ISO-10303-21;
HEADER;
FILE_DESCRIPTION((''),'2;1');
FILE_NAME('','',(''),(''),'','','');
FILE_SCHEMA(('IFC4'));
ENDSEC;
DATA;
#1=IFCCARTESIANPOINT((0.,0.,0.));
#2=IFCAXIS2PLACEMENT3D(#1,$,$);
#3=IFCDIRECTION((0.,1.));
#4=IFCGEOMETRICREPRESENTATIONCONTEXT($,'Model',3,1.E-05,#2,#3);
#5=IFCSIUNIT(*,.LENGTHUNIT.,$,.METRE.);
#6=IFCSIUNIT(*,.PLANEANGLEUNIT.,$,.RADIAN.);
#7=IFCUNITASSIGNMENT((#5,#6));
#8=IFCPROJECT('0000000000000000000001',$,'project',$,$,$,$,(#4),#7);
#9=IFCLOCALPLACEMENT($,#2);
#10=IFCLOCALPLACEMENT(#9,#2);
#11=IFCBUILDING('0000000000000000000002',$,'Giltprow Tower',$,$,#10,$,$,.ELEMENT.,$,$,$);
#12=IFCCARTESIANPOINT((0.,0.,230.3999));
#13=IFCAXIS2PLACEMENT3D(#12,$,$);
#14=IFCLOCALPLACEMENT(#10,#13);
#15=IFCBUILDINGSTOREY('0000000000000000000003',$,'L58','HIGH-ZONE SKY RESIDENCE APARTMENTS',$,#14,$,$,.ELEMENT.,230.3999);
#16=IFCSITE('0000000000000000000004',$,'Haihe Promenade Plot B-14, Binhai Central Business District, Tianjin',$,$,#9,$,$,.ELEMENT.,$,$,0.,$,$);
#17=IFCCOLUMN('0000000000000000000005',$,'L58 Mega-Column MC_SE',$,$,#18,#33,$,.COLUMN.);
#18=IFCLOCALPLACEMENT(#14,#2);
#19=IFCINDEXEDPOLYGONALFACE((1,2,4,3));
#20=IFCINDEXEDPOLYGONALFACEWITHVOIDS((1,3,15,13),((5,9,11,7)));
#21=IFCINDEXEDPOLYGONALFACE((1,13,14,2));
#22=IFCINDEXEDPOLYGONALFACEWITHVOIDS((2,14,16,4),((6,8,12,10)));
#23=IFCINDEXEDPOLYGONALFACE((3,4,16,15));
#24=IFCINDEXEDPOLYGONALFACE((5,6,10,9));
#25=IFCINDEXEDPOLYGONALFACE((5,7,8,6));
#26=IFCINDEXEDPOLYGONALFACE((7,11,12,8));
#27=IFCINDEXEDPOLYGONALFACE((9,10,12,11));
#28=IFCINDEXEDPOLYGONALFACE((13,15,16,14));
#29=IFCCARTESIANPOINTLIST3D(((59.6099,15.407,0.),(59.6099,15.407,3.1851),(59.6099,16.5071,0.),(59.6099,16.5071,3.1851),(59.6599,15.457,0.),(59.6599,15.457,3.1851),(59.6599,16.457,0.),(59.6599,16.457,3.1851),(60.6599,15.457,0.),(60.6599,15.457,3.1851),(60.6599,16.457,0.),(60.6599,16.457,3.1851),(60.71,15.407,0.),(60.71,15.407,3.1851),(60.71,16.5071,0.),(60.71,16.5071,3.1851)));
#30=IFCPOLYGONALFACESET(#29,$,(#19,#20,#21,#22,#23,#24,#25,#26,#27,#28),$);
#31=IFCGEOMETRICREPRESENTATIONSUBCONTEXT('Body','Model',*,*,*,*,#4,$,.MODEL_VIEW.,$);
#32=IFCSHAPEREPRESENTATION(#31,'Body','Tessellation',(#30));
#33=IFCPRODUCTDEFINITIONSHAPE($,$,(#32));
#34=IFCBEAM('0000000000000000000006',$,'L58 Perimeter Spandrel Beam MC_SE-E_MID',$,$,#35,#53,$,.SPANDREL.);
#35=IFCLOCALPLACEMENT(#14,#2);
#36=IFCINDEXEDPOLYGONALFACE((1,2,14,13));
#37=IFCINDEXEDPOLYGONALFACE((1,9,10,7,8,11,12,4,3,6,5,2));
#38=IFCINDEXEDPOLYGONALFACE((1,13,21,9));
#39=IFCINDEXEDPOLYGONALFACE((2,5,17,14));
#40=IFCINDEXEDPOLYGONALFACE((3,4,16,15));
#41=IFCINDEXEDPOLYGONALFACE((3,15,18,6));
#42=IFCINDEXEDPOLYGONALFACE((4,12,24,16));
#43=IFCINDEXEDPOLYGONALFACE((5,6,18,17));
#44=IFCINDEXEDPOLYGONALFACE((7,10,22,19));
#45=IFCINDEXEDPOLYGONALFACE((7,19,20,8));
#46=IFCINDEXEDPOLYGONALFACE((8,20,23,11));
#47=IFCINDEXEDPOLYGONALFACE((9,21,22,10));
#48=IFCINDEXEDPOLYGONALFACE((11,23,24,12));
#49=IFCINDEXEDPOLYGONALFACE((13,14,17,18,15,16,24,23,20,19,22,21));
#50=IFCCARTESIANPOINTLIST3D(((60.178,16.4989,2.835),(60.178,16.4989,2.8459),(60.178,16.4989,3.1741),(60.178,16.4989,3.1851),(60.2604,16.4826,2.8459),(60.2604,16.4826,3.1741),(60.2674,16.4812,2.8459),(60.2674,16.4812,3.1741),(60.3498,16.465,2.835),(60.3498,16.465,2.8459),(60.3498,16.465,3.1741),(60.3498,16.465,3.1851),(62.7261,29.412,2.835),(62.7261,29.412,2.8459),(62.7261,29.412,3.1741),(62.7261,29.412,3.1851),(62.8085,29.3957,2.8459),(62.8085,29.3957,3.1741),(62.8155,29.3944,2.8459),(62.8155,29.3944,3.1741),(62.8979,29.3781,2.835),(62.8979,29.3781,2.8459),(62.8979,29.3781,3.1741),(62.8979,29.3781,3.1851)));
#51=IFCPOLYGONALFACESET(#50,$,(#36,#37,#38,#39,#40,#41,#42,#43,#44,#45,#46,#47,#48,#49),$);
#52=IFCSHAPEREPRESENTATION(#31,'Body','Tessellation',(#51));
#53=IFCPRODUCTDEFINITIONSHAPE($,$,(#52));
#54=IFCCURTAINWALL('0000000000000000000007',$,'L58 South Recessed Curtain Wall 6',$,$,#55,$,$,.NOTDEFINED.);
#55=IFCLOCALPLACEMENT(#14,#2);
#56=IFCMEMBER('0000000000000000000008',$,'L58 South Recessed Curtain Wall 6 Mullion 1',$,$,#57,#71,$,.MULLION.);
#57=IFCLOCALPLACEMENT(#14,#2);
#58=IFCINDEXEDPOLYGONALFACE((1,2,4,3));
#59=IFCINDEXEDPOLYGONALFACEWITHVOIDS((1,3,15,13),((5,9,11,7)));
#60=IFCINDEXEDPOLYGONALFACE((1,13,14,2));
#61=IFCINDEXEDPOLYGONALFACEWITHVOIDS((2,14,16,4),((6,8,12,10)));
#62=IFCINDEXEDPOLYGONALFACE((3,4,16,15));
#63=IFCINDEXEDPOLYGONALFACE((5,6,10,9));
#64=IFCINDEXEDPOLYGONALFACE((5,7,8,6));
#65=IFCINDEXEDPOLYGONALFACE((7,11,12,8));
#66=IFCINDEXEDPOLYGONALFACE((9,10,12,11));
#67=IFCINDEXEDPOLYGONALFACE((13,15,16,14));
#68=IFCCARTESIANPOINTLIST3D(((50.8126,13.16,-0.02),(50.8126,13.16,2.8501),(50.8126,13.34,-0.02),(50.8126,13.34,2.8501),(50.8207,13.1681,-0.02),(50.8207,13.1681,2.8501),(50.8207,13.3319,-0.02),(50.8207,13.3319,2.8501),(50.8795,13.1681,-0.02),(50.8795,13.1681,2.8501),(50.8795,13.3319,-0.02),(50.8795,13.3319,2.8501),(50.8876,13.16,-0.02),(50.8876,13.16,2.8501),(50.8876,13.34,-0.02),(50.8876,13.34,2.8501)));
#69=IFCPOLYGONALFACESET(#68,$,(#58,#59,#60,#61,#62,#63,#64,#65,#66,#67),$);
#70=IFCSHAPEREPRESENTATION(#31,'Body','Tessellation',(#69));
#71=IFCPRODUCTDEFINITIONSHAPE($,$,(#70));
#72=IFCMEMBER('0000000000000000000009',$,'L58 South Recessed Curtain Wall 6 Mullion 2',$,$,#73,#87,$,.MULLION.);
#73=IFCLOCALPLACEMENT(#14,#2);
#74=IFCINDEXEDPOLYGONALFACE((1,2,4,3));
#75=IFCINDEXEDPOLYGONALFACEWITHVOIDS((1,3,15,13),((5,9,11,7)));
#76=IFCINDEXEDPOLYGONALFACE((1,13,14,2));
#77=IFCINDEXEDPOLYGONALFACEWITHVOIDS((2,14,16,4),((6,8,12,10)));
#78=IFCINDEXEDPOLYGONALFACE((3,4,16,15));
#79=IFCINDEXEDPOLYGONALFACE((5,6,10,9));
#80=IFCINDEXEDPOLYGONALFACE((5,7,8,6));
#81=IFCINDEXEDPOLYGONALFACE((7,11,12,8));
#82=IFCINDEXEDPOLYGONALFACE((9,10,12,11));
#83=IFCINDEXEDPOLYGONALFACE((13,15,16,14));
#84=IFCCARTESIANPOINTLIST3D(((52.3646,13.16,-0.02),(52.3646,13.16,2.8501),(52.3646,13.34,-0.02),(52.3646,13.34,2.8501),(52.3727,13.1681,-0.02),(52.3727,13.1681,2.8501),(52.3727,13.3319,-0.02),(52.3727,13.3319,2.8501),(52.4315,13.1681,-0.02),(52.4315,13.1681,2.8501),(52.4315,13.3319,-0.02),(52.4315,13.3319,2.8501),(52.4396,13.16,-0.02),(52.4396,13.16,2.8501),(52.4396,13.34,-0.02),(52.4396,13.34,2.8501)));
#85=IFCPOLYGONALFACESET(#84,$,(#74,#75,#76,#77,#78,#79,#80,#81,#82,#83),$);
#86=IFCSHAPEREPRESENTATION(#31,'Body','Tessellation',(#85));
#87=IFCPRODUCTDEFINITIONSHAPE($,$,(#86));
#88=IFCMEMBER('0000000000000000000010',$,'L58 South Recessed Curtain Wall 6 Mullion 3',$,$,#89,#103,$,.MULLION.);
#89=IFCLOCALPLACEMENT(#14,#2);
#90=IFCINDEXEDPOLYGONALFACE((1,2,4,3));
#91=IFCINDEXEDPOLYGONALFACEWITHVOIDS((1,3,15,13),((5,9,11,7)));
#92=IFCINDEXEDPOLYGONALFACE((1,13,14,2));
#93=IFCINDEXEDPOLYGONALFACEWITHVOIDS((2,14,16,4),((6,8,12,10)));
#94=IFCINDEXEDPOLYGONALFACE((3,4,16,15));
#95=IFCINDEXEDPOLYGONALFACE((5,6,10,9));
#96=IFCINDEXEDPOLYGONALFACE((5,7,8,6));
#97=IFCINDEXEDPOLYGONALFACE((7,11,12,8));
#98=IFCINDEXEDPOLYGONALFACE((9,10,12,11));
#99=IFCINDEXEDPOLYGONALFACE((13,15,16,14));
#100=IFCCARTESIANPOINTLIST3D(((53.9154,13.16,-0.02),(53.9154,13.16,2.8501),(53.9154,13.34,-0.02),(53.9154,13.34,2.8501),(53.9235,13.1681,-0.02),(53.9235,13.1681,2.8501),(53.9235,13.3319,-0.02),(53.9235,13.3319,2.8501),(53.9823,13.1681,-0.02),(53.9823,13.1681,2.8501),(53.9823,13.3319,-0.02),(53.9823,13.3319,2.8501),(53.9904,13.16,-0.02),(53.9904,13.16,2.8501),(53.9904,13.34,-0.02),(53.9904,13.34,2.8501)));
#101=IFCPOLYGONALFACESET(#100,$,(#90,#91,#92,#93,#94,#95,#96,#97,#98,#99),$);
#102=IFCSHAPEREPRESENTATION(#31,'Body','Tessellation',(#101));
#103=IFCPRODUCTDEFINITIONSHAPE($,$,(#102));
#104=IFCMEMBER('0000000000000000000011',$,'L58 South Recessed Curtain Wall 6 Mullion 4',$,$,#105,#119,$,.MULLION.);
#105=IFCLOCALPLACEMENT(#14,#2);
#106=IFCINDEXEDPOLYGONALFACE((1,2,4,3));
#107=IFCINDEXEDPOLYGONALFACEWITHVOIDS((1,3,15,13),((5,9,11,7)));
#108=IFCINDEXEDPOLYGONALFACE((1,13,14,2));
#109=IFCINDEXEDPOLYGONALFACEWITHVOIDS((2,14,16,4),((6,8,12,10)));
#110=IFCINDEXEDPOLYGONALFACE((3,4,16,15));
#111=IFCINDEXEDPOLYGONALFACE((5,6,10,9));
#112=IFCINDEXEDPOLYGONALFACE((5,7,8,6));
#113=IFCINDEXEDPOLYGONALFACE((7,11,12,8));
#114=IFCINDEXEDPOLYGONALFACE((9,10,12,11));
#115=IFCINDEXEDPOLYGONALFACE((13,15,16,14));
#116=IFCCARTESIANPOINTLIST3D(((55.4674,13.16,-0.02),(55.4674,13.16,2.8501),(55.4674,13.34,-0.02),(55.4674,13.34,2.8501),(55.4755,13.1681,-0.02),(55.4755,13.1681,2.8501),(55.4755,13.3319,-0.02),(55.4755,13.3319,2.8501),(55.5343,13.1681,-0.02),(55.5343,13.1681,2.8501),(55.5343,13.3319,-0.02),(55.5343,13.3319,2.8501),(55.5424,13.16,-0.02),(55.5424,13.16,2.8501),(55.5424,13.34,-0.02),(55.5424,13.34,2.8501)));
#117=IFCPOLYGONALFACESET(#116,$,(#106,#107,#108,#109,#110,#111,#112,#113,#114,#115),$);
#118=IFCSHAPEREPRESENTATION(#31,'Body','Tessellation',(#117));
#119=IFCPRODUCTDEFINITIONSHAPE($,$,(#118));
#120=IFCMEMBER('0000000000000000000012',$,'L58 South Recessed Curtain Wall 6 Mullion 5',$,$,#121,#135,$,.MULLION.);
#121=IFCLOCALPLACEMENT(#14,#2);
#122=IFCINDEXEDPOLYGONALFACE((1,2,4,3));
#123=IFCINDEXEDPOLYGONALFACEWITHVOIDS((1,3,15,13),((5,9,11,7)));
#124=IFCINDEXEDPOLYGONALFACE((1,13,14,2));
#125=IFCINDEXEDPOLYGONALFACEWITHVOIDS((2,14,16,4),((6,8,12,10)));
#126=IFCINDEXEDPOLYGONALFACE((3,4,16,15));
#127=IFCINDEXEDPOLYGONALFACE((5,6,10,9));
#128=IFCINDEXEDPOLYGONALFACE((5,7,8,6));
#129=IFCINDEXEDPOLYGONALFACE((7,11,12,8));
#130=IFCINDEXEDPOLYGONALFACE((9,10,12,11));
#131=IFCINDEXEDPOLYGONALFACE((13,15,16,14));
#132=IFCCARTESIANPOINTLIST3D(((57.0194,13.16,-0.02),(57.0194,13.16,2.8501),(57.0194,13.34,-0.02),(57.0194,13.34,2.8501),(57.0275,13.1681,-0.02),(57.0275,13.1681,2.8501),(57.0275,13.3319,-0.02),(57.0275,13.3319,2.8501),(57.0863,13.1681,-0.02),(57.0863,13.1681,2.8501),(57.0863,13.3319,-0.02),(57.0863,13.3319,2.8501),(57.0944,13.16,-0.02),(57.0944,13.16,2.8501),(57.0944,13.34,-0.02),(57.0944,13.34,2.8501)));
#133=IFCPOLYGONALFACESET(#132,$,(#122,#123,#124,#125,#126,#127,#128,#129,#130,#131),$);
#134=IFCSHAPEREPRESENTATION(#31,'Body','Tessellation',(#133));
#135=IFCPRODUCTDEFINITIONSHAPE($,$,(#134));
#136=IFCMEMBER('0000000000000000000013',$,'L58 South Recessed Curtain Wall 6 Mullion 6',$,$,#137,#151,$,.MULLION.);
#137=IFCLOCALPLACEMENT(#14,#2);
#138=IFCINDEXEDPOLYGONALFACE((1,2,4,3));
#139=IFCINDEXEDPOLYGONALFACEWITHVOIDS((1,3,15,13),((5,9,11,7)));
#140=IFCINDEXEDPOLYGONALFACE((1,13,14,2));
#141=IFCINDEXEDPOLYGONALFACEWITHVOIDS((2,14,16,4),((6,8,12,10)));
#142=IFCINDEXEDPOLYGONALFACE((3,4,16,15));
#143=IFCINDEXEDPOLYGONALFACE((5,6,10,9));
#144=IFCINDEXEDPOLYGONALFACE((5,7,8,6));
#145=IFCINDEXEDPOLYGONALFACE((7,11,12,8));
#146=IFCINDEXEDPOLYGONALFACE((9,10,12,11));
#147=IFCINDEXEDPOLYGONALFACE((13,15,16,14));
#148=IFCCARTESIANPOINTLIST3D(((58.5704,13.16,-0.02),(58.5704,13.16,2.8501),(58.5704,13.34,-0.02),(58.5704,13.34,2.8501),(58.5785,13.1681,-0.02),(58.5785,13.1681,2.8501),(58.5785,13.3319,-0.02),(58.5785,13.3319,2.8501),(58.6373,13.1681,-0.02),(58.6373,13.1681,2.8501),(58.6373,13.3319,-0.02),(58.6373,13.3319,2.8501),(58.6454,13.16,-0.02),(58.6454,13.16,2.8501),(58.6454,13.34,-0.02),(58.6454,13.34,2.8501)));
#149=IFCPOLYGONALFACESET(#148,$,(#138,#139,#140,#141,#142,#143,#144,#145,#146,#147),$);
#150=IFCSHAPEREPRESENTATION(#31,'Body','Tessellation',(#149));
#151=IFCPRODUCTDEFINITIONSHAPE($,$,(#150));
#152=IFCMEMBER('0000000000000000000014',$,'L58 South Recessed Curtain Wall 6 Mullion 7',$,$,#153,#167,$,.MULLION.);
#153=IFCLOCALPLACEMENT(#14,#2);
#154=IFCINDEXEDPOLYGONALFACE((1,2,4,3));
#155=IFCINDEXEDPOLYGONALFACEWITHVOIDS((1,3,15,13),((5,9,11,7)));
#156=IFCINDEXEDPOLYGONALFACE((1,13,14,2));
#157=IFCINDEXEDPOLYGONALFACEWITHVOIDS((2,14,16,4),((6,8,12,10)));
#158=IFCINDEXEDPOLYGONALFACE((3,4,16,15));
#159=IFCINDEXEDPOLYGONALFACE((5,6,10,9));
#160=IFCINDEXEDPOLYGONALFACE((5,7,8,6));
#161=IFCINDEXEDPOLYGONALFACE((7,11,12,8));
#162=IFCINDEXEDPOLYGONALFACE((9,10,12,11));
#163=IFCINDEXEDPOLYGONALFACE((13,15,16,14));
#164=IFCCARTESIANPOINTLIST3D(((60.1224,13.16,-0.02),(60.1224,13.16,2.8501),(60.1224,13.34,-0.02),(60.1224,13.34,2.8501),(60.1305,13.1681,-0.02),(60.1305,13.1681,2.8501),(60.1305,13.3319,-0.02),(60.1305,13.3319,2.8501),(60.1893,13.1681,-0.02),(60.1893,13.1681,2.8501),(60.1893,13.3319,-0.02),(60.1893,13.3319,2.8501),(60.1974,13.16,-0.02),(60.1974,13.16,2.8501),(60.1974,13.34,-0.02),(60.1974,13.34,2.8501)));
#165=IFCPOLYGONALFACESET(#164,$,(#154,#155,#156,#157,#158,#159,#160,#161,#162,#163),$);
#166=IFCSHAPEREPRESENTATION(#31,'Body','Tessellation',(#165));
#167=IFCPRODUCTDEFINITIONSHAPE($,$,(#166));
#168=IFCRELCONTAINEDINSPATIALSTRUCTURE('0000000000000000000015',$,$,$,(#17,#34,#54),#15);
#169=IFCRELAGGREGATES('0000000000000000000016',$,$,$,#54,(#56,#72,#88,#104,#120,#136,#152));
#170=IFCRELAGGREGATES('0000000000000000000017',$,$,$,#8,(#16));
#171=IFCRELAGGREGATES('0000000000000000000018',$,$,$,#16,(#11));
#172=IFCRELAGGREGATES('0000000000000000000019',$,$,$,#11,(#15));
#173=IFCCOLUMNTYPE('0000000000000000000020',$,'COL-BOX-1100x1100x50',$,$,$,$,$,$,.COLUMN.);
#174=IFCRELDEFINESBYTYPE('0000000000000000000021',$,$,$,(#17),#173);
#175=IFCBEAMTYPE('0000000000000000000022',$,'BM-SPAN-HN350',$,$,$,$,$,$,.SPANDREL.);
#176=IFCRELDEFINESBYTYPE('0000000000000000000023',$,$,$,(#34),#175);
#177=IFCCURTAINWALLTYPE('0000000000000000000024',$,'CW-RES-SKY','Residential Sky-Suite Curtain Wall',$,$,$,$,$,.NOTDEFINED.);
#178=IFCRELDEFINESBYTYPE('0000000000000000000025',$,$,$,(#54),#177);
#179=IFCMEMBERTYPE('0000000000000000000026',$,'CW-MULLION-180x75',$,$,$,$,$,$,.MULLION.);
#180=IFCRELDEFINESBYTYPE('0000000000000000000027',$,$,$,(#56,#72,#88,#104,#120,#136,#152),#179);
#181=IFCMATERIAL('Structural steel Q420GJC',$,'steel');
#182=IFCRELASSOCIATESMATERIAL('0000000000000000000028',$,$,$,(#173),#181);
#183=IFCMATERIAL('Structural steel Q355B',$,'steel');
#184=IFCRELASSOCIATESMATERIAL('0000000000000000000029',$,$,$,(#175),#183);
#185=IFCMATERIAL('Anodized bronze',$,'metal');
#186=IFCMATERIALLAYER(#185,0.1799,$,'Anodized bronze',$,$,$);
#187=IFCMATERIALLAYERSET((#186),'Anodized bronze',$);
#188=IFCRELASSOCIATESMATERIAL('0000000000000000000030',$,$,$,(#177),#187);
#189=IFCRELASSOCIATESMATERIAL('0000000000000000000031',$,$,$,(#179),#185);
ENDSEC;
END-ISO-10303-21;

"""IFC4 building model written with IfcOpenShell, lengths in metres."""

from ifc_helpers import new_model, si_unit, direction, frame, origin, origin_2d, place, context, subcontext, project, spatial, hollow_rectangle, i_section, extrude, source, transform, mapped, material, layer, layer_set, material_profile, profile_set, type_object, element, aggregate, save


model = new_model("IFC4")

# Units and contexts
model_context = context("Model", 3, precision=1e-05, world=origin(), true_north=direction((0.0, 1.0)))
body_context = subcontext(model_context, "Body", "Model", "MODEL_VIEW")
ifc_project = project(units=[si_unit("LENGTHUNIT", "METRE"), si_unit("PLANEANGLEUNIT", "RADIAN")], contexts=[model_context])

# Site, building, storey
site_placement = place(None, origin())
site = spatial("IfcSite", under=ifc_project, at=site_placement, Name="Haihe Promenade Plot B-14, Binhai Central Business District, Tianjin", CompositionType="ELEMENT", RefElevation=0.0)
building_placement = place(site_placement, origin())
building = spatial("IfcBuilding", under=site, at=building_placement, Name="Giltprow Tower", CompositionType="ELEMENT")
storey_placement = place(building_placement, frame((0.0, 0.0, 230.3999)))
storey = spatial("IfcBuildingStorey", under=building, at=storey_placement, Name="L58", Description="HIGH-ZONE SKY RESIDENCE APARTMENTS", CompositionType="ELEMENT", Elevation=230.3999)

# Column
ifc_material_1 = material(Name="Structural steel Q420GJC", Category="steel")
ifc_material_profile_1 = material_profile(ifc_material_1, hollow_rectangle(XDim=1.1001, YDim=1.1001, WallThickness=0.05, at=origin_2d()), Name="BOX 1100x1100x50")
ifc_profile_set_1 = profile_set([ifc_material_profile_1], Name="Structural steel Q420GJC")
column_type = type_object("IfcColumnType", Name="COL-BOX-1100x1100x50", PredefinedType="COLUMN", material=ifc_profile_set_1)
shared_shape_1 = source(origin(), body_context, "Body", "SweptSolid", [
    extrude(hollow_rectangle(XDim=1.1001, YDim=1.1001, WallThickness=0.05, at=origin_2d()), origin(), (0.0, 0.0, 1.0), 3.1851),
])
column_placement = place(storey_placement, frame((60.1599, 15.957, 0.0), z_axis=(0.0, 0.0, 1.0), x_axis=(1.0, 0.0, 0.0)))
element("IfcColumn", 1, at=column_placement, inside=storey, type_object=column_type, Name="L58 Mega-Column MC_SE", PredefinedType="COLUMN", context=body_context, shape_type="MappedRepresentation", body=[
    mapped(shared_shape_1, transform((0.0, 0.0, 0.0), x_axis=(1.0, 0.0, 0.0), y_axis=(0.0, 1.0, 0.0), z_axis=(0.0, 0.0, 1.0), scale=1.0)),
])

# Beam
ifc_material_2 = material(Name="Structural steel Q355B", Category="steel")
ifc_material_profile_2 = material_profile(ifc_material_2, i_section(OverallWidth=0.175, OverallDepth=0.3501, WebThickness=0.0071, FlangeThickness=0.011, at=origin_2d()), Name="HN 350x175x7x11")
ifc_profile_set_2 = profile_set([ifc_material_profile_2], Name="Structural steel Q355B")
beam_type = type_object("IfcBeamType", Name="BM-SPAN-HN350", PredefinedType="SPANDREL", material=ifc_profile_set_2)
shared_shape_2 = source(origin(), body_context, "Body", "SweptSolid", [
    extrude(i_section(OverallWidth=0.175, OverallDepth=0.3501, WebThickness=0.0071, FlangeThickness=0.011, at=origin_2d()), origin(), (0.0, 0.0, 1.0), 13.1621),
])
beam_placement = place(storey_placement, frame((60.2639, 16.4819, 3.01), z_axis=(0.193594, 0.981082, 0.0), x_axis=(-0.981082, 0.193594, 0.0)))
element("IfcBeam", 2, at=beam_placement, inside=storey, type_object=beam_type, Name="L58 Perimeter Spandrel Beam MC_SE-E_MID", PredefinedType="SPANDREL", context=body_context, shape_type="MappedRepresentation", body=[
    mapped(shared_shape_2, transform((0.0, 0.0, 0.0), x_axis=(1.0, 0.0, 0.0), y_axis=(0.0, 1.0, 0.0), z_axis=(0.0, 0.0, 1.0), scale=1.0)),
])

# Curtain wall, members
ifc_material_3 = material(Name="Anodized bronze", Category="metal")
ifc_layer_1 = layer(ifc_material_3, 0.1799, Name="Anodized bronze")
ifc_layer_set_1 = layer_set([ifc_layer_1], Name="Anodized bronze")
curtain_wall_type = type_object("IfcCurtainWallType", Name="CW-RES-SKY", Description="Residential Sky-Suite Curtain Wall", PredefinedType="NOTDEFINED", material=ifc_layer_set_1)
curtain_wall_placement = place(storey_placement, origin())
curtain_wall = element("IfcCurtainWall", 3, at=curtain_wall_placement, inside=storey, type_object=curtain_wall_type, Name="L58 South Recessed Curtain Wall 6", PredefinedType="NOTDEFINED")
ifc_material_profile_3 = material_profile(ifc_material_3, hollow_rectangle(XDim=0.075, YDim=0.1799, WallThickness=0.0081, at=origin_2d()), Name="RHS 180x75x8")
ifc_profile_set_3 = profile_set([ifc_material_profile_3], Name="Anodized bronze")
member_type_1 = type_object("IfcMemberType", Name="CW-MULLION-180x75", PredefinedType="MULLION", material=ifc_profile_set_3)
shared_shape_3 = source(origin(), body_context, "Body", "SweptSolid", [
    extrude(hollow_rectangle(XDim=0.075, YDim=0.1799, WallThickness=0.0081, at=origin_2d()), origin(), (0.0, 0.0, 1.0), 2.8701),
])
member_1_placement = place(storey_placement, frame((50.8501, 13.25, -0.02), z_axis=(0.0, 0.0, 1.0), x_axis=(1.0, 0.0, 0.0)))
member_1 = element("IfcMember", 4, at=member_1_placement, type_object=member_type_1, Name="L58 South Recessed Curtain Wall 6 Mullion 1", PredefinedType="MULLION", context=body_context, shape_type="MappedRepresentation", body=[
    mapped(shared_shape_3, transform((0.0, 0.0, 0.0), x_axis=(1.0, 0.0, 0.0), y_axis=(0.0, 1.0, 0.0), z_axis=(0.0, 0.0, 1.0), scale=1.0)),
])
member_2_placement = place(storey_placement, frame((52.4021, 13.25, -0.02), z_axis=(0.0, 0.0, 1.0), x_axis=(1.0, 0.0, 0.0)))
member_2 = element("IfcMember", 5, at=member_2_placement, type_object=member_type_1, Name="L58 South Recessed Curtain Wall 6 Mullion 2", PredefinedType="MULLION", context=body_context, shape_type="MappedRepresentation", body=[
    mapped(shared_shape_3, transform((0.0, 0.0, 0.0), x_axis=(1.0, 0.0, 0.0), y_axis=(0.0, 1.0, 0.0), z_axis=(0.0, 0.0, 1.0), scale=1.0)),
])
member_3_placement = place(storey_placement, frame((53.9529, 13.25, -0.02), z_axis=(0.0, 0.0, 1.0), x_axis=(1.0, 0.0, 0.0)))
member_3 = element("IfcMember", 6, at=member_3_placement, type_object=member_type_1, Name="L58 South Recessed Curtain Wall 6 Mullion 3", PredefinedType="MULLION", context=body_context, shape_type="MappedRepresentation", body=[
    mapped(shared_shape_3, transform((0.0, 0.0, 0.0), x_axis=(1.0, 0.0, 0.0), y_axis=(0.0, 1.0, 0.0), z_axis=(0.0, 0.0, 1.0), scale=1.0)),
])
member_4_placement = place(storey_placement, frame((55.5049, 13.25, -0.02), z_axis=(0.0, 0.0, 1.0), x_axis=(1.0, 0.0, 0.0)))
member_4 = element("IfcMember", 7, at=member_4_placement, type_object=member_type_1, Name="L58 South Recessed Curtain Wall 6 Mullion 4", PredefinedType="MULLION", context=body_context, shape_type="MappedRepresentation", body=[
    mapped(shared_shape_3, transform((0.0, 0.0, 0.0), x_axis=(1.0, 0.0, 0.0), y_axis=(0.0, 1.0, 0.0), z_axis=(0.0, 0.0, 1.0), scale=1.0)),
])
member_5_placement = place(storey_placement, frame((57.0569, 13.25, -0.02), z_axis=(0.0, 0.0, 1.0), x_axis=(1.0, 0.0, 0.0)))
member_5 = element("IfcMember", 8, at=member_5_placement, type_object=member_type_1, Name="L58 South Recessed Curtain Wall 6 Mullion 5", PredefinedType="MULLION", context=body_context, shape_type="MappedRepresentation", body=[
    mapped(shared_shape_3, transform((0.0, 0.0, 0.0), x_axis=(1.0, 0.0, 0.0), y_axis=(0.0, 1.0, 0.0), z_axis=(0.0, 0.0, 1.0), scale=1.0)),
])
member_6_placement = place(storey_placement, frame((58.6079, 13.25, -0.02), z_axis=(0.0, 0.0, 1.0), x_axis=(1.0, 0.0, 0.0)))
member_6 = element("IfcMember", 9, at=member_6_placement, type_object=member_type_1, Name="L58 South Recessed Curtain Wall 6 Mullion 6", PredefinedType="MULLION", context=body_context, shape_type="MappedRepresentation", body=[
    mapped(shared_shape_3, transform((0.0, 0.0, 0.0), x_axis=(1.0, 0.0, 0.0), y_axis=(0.0, 1.0, 0.0), z_axis=(0.0, 0.0, 1.0), scale=1.0)),
])
member_7_placement = place(storey_placement, frame((60.1599, 13.25, -0.02), z_axis=(0.0, 0.0, 1.0), x_axis=(1.0, 0.0, 0.0)))
member_7 = element("IfcMember", 10, at=member_7_placement, type_object=member_type_1, Name="L58 South Recessed Curtain Wall 6 Mullion 7", PredefinedType="MULLION", context=body_context, shape_type="MappedRepresentation", body=[
    mapped(shared_shape_3, transform((0.0, 0.0, 0.0), x_axis=(1.0, 0.0, 0.0), y_axis=(0.0, 1.0, 0.0), z_axis=(0.0, 0.0, 1.0), scale=1.0)),
])

aggregate(curtain_wall, [member_1, member_2, member_3, member_4, member_5, member_6, member_7])

save(model, "model.ifc")
